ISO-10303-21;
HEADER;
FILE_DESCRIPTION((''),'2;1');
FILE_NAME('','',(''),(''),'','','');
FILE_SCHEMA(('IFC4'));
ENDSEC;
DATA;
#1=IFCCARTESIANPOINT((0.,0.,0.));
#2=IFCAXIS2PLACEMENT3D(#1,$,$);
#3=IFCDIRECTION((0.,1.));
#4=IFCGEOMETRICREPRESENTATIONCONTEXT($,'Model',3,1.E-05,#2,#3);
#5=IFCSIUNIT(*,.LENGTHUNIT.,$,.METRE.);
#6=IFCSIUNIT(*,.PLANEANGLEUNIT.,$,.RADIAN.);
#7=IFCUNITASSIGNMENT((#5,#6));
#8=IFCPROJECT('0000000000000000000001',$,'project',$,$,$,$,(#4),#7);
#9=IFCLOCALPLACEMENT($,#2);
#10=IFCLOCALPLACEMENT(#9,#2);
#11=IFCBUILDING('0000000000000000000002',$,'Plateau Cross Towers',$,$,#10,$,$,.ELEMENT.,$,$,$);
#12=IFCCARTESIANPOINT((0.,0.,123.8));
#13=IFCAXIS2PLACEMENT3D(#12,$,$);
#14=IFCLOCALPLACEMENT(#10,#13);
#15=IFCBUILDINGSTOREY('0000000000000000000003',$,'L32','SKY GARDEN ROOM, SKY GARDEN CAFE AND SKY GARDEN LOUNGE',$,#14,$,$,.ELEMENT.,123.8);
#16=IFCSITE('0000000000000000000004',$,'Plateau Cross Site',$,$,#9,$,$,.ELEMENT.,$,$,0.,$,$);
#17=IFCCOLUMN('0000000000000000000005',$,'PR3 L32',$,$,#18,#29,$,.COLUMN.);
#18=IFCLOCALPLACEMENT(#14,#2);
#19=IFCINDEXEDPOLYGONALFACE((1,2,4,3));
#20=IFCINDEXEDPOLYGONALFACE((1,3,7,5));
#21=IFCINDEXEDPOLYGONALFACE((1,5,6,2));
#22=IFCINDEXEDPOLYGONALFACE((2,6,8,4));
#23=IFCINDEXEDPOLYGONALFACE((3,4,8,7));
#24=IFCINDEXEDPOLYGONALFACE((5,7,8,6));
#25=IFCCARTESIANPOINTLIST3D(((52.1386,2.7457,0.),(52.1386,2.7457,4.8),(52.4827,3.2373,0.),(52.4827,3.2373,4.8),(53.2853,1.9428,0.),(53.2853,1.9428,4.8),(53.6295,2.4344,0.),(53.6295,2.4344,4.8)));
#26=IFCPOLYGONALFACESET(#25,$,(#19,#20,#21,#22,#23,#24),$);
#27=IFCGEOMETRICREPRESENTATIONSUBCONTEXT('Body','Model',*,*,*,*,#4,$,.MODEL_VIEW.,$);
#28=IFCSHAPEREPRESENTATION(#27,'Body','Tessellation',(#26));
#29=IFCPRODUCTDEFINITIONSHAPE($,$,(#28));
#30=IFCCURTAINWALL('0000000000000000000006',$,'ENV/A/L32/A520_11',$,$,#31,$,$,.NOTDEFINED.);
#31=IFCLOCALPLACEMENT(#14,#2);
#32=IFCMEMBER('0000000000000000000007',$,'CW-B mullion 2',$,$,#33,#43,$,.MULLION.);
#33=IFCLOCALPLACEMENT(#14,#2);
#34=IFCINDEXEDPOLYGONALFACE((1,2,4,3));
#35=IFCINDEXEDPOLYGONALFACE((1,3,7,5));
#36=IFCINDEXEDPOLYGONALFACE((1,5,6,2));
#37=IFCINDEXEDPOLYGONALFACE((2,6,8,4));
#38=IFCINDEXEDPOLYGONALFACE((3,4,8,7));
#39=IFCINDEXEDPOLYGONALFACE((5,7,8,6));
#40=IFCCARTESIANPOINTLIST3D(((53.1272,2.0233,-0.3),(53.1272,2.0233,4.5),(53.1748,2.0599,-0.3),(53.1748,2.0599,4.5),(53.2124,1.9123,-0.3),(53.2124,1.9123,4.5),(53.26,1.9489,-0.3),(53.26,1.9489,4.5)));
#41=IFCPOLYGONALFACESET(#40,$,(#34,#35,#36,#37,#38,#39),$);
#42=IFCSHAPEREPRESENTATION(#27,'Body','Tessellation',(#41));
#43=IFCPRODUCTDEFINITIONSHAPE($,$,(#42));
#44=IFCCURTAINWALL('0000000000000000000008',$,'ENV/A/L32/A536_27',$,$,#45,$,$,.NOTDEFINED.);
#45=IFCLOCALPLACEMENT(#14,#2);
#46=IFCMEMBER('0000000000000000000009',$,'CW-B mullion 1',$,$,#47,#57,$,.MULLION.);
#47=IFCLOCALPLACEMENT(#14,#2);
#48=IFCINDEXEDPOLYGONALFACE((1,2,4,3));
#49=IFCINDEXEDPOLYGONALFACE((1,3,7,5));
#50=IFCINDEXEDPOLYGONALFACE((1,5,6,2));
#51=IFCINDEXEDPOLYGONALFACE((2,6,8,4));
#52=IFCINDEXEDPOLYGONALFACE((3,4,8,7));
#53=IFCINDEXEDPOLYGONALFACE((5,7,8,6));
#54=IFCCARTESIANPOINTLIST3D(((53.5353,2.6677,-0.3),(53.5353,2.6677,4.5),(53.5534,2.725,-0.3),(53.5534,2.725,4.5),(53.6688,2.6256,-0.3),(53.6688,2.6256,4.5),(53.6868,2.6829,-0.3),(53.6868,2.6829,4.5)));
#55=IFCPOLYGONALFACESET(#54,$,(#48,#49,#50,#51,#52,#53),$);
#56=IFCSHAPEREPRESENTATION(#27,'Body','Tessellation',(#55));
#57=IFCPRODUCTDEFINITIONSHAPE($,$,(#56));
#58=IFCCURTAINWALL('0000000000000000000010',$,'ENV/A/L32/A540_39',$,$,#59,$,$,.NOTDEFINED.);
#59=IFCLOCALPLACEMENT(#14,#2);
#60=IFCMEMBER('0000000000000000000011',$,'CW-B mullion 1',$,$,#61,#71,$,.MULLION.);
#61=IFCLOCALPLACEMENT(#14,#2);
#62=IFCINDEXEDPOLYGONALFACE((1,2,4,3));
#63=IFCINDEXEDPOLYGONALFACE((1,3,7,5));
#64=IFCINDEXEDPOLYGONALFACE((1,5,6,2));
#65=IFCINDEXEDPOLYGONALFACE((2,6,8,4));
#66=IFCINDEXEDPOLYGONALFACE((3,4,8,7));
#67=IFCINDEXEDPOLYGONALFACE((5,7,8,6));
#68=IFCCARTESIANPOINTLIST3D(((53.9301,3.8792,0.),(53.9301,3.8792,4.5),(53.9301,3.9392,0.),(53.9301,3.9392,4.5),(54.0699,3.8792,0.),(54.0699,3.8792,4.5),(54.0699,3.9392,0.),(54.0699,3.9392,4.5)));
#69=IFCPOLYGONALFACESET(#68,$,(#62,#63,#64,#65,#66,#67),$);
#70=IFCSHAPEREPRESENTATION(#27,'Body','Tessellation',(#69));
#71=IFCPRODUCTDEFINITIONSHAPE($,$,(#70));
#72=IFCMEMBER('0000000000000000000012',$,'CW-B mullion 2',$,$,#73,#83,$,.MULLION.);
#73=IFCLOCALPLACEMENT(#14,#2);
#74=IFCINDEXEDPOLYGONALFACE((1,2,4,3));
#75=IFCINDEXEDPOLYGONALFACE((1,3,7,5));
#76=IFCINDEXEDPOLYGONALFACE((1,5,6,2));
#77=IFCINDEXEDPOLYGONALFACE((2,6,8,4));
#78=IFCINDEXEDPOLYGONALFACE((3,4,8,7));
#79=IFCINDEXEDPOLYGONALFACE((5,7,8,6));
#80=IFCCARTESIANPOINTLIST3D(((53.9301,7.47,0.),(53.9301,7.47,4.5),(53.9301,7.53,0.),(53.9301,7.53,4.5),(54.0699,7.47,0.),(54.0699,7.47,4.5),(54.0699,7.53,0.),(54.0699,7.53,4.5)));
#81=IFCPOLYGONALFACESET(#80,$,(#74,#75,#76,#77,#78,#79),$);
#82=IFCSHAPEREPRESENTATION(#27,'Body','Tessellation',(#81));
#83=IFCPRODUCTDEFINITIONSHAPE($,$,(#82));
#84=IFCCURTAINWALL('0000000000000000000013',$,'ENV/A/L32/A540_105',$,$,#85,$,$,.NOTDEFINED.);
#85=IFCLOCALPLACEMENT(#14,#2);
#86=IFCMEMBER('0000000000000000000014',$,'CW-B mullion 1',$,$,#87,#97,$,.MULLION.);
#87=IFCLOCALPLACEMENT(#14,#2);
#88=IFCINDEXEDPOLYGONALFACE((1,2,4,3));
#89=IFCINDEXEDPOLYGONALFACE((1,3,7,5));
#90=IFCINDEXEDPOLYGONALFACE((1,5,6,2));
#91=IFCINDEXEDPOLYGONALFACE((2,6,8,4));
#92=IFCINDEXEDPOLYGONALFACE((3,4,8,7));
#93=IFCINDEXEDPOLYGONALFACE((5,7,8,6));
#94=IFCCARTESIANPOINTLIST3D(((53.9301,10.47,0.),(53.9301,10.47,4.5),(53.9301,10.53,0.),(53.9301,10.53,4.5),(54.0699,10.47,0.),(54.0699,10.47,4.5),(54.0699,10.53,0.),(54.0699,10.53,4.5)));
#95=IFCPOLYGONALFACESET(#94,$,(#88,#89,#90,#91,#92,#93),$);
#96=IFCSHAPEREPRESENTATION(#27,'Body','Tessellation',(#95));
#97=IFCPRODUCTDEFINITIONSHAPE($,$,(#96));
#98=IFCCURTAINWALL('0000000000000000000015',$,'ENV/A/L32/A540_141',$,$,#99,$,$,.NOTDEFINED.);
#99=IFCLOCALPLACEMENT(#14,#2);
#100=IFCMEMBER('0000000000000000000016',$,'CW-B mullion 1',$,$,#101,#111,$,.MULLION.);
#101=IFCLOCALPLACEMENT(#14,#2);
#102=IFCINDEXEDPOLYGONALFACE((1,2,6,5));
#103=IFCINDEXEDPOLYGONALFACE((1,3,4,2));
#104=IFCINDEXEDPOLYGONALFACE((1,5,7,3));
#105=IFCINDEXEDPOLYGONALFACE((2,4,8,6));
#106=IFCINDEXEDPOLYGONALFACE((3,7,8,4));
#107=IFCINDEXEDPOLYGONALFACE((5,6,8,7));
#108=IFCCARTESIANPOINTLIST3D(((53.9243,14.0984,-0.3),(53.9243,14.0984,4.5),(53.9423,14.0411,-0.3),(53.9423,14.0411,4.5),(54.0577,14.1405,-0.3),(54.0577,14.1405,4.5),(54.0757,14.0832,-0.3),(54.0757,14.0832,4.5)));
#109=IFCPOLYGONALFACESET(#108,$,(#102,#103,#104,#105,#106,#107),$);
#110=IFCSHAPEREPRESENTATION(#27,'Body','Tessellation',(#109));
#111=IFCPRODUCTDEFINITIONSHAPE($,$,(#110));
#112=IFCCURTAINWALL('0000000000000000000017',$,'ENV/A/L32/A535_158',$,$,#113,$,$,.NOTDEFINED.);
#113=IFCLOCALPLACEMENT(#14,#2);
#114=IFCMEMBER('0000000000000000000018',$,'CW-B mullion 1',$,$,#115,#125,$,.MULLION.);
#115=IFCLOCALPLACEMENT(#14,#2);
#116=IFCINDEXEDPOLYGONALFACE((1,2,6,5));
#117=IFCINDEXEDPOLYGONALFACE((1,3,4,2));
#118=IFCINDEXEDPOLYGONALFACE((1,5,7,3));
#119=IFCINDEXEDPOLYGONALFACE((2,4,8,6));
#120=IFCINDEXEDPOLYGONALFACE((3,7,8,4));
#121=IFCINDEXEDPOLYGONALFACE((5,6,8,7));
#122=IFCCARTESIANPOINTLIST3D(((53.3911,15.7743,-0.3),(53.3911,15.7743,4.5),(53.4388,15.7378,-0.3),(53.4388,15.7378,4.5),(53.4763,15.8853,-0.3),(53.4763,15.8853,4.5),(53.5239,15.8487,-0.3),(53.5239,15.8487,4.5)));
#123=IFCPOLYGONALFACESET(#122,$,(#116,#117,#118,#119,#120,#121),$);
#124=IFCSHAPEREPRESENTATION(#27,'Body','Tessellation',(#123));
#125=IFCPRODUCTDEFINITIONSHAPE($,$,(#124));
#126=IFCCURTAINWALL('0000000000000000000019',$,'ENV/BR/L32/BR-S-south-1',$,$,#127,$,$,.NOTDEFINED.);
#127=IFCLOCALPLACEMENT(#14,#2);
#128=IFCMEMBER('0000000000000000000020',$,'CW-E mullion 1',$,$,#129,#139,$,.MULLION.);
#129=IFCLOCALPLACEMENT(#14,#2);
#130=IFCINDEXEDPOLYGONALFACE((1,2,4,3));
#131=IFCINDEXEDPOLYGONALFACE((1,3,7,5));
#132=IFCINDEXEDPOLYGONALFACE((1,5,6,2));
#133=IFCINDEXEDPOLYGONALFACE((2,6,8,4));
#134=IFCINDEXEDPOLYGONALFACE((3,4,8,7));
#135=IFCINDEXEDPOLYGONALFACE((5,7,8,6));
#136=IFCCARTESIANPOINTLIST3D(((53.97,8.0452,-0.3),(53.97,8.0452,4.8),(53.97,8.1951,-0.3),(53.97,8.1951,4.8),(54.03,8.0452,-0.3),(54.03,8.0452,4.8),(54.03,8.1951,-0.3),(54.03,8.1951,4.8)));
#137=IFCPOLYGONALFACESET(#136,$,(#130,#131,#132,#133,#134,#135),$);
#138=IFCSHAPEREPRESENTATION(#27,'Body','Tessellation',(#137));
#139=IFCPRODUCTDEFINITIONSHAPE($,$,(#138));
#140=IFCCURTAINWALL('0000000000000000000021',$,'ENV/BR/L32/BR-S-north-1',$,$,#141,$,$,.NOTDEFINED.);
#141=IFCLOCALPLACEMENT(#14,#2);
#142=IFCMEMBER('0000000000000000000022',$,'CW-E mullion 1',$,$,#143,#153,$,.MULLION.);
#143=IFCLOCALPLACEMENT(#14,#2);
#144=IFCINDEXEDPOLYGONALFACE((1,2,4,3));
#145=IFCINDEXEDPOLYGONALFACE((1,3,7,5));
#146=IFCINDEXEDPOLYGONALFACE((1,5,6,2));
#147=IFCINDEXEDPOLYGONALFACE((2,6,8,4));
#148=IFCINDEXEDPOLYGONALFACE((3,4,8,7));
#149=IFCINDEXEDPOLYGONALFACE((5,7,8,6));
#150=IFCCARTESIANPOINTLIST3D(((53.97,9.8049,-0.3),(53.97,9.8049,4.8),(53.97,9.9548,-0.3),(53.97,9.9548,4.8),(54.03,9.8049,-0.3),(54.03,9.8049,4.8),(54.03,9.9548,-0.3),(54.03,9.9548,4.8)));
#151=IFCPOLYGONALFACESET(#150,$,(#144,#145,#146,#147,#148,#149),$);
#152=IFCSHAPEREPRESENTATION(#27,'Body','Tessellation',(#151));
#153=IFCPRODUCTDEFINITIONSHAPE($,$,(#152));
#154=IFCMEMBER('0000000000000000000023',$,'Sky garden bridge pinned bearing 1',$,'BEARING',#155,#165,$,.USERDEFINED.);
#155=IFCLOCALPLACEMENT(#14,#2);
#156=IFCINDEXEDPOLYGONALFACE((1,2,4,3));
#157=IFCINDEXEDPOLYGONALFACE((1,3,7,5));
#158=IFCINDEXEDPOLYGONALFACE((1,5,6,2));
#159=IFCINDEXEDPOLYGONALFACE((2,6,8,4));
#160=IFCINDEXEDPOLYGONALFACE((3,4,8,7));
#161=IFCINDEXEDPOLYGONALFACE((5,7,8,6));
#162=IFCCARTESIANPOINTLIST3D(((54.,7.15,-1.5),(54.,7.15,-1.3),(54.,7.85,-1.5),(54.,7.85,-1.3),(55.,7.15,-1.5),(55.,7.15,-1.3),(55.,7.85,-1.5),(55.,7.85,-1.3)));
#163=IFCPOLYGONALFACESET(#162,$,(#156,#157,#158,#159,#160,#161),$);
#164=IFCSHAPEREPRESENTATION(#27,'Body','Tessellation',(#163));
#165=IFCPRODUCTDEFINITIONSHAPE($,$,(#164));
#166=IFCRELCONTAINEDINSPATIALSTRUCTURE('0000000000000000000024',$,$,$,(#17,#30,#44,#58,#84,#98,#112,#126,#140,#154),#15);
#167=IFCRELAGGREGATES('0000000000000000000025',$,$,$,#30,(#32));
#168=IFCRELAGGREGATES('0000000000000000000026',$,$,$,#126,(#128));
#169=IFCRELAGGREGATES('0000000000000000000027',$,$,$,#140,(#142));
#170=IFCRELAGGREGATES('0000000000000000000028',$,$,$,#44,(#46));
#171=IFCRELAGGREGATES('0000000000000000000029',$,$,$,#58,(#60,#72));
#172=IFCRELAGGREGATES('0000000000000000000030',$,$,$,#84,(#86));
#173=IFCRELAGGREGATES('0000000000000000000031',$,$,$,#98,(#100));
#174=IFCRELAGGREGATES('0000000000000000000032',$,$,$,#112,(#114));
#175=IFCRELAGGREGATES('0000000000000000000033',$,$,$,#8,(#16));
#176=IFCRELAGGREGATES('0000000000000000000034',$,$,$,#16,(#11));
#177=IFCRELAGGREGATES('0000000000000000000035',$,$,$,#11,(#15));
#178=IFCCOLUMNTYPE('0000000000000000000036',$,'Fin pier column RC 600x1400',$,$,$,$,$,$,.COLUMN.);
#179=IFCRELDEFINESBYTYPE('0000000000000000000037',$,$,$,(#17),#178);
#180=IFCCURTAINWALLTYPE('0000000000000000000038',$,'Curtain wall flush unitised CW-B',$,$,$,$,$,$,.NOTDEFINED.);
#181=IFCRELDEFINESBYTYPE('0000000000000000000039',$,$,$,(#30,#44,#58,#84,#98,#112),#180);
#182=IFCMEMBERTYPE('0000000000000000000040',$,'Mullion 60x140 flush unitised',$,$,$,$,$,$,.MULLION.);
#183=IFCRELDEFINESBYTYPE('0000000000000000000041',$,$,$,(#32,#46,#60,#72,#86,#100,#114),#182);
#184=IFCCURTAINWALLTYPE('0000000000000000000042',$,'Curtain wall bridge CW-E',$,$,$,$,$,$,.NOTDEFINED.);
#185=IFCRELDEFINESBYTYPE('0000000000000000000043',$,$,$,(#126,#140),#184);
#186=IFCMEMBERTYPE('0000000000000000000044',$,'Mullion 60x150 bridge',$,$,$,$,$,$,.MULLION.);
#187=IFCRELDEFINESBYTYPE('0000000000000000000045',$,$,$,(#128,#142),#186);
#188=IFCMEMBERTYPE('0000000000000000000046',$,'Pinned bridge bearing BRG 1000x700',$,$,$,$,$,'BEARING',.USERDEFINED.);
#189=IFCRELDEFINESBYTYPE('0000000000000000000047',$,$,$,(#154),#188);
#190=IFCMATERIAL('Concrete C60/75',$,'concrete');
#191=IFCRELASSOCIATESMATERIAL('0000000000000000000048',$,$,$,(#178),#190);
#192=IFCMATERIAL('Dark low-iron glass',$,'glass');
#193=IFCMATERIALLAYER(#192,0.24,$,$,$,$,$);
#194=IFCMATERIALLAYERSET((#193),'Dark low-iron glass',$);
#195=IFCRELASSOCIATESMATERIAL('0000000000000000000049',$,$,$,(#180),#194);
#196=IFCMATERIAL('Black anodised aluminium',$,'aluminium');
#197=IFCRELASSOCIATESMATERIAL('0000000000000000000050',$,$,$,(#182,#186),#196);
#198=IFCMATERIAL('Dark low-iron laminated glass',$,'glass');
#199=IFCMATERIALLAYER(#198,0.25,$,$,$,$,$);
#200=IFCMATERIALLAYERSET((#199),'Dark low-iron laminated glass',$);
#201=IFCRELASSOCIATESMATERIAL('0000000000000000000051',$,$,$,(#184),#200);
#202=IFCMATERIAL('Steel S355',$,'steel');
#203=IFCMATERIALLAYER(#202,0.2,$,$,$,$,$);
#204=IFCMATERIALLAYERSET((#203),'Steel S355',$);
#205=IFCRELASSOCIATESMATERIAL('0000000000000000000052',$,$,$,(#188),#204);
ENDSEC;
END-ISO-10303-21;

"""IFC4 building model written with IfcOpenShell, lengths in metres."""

from ifc_helpers import new_model, si_unit, direction, frame, origin, origin_2d, place, context, subcontext, project, spatial, rectangle, extrude, material, layer, layer_set, material_profile, profile_set, type_object, element, aggregate, save


model = new_model("IFC4")

# Units and contexts
model_context = context("Model", 3, precision=1e-05, world=origin(), true_north=direction((0.0, 1.0)))
body_context = subcontext(model_context, "Body", "Model", "MODEL_VIEW")
ifc_project = project(units=[si_unit("LENGTHUNIT", "METRE"), si_unit("PLANEANGLEUNIT", "RADIAN")], contexts=[model_context])

# Site, building, storey
site_placement = place(None, origin())
site = spatial("IfcSite", under=ifc_project, at=site_placement, Name="Plateau Cross Site", CompositionType="ELEMENT", RefElevation=0.0)
building_placement = place(site_placement, origin())
building = spatial("IfcBuilding", under=site, at=building_placement, Name="Plateau Cross Towers", CompositionType="ELEMENT")
storey_placement = place(building_placement, frame((0.0, 0.0, 123.8)))
storey = spatial("IfcBuildingStorey", under=building, at=storey_placement, Name="L32", Description="SKY GARDEN ROOM, SKY GARDEN CAFE AND SKY GARDEN LOUNGE", CompositionType="ELEMENT", Elevation=123.8)

# Column
ifc_material_1 = material(Name="Concrete C60/75", Category="concrete")
ifc_material_profile_1 = material_profile(ifc_material_1, rectangle(XDim=0.6001, YDim=1.3999, at=origin_2d()), Name="RC 600x1400")
ifc_profile_set_1 = profile_set([ifc_material_profile_1], Name="Concrete C60/75")
column_type = type_object("IfcColumnType", Name="Fin pier column RC 600x1400", PredefinedType="COLUMN", material=ifc_profile_set_1)
column_placement = place(storey_placement, frame((52.884, 2.5901, 0.0), z_axis=(0.0, 0.0, 1.0), x_axis=(0.573543, 0.819176, 0.0)))
element("IfcColumn", 1, at=column_placement, inside=storey, type_object=column_type, Name="PR3 L32", PredefinedType="COLUMN", context=body_context, shape_type="SweptSolid", body=[
    extrude(rectangle(XDim=0.6001, YDim=1.3999, at=origin_2d()), origin(), (0.0, 0.0, 1.0), 4.8),
])

# Curtain walls, members
ifc_material_2 = material(Name="Dark low-iron glass", Category="glass")
ifc_layer_1 = layer(ifc_material_2, 0.24)
ifc_layer_set_1 = layer_set([ifc_layer_1], Name="Dark low-iron glass")
curtain_wall_type_1 = type_object("IfcCurtainWallType", Name="Curtain wall flush unitised CW-B", PredefinedType="NOTDEFINED", material=ifc_layer_set_1)
curtain_wall_1_placement = place(storey_placement, origin())
curtain_wall_1 = element("IfcCurtainWall", 2, at=curtain_wall_1_placement, inside=storey, type_object=curtain_wall_type_1, Name="ENV/A/L32/A520_11", PredefinedType="NOTDEFINED")
ifc_material_3 = material(Name="Black anodised aluminium", Category="aluminium")
ifc_material_profile_2 = material_profile(ifc_material_3, rectangle(XDim=0.0601, YDim=0.1399, at=origin_2d()), Name="MULLION 60x140")
ifc_profile_set_2 = profile_set([ifc_material_profile_2], Name="Black anodised aluminium")
member_type_1 = type_object("IfcMemberType", Name="Mullion 60x140 flush unitised", PredefinedType="MULLION", material=ifc_profile_set_2)
member_1_placement = place(storey_placement, frame((53.1936, 1.9861, -0.3), z_axis=(0.0, 0.0, 1.0), x_axis=(0.793316, 0.608811, 0.0)))
member_1 = element("IfcMember", 3, at=member_1_placement, type_object=member_type_1, Name="CW-B mullion 2", PredefinedType="MULLION", context=body_context, shape_type="SweptSolid", body=[
    extrude(rectangle(XDim=0.0601, YDim=0.1399, at=origin_2d()), origin(), (0.0, 0.0, 1.0), 4.8),
])
aggregate(curtain_wall_1, [member_1])
curtain_wall_2_placement = place(storey_placement, origin())
curtain_wall_2 = element("IfcCurtainWall", 4, at=curtain_wall_2_placement, inside=storey, type_object=curtain_wall_type_1, Name="ENV/A/L32/A536_27", PredefinedType="NOTDEFINED")
member_2_placement = place(storey_placement, frame((53.6111, 2.6753, -0.3), z_axis=(0.0, 0.0, 1.0), x_axis=(0.300686, 0.953723, 0.0)))
member_2 = element("IfcMember", 5, at=member_2_placement, type_object=member_type_1, Name="CW-B mullion 1", PredefinedType="MULLION", context=body_context, shape_type="SweptSolid", body=[
    extrude(rectangle(XDim=0.0601, YDim=0.1399, at=origin_2d()), origin(), (0.0, 0.0, 1.0), 4.8),
])

# Curtain wall, members
curtain_wall_3_placement = place(storey_placement, origin())
curtain_wall_3 = element("IfcCurtainWall", 6, at=curtain_wall_3_placement, inside=storey, type_object=curtain_wall_type_1, Name="ENV/A/L32/A540_39", PredefinedType="NOTDEFINED")
member_3_placement = place(storey_placement, frame((54.0, 3.9092, 0.0), z_axis=(0.0, 0.0, 1.0), x_axis=(0.0, 1.0, 0.0)))
member_3 = element("IfcMember", 7, at=member_3_placement, type_object=member_type_1, Name="CW-B mullion 1", PredefinedType="MULLION", context=body_context, shape_type="SweptSolid", body=[
    extrude(rectangle(XDim=0.0601, YDim=0.1399, at=origin_2d()), origin(), (0.0, 0.0, 1.0), 4.5),
])
member_4_placement = place(storey_placement, frame((54.0, 7.5, 0.0), z_axis=(0.0, 0.0, 1.0), x_axis=(0.0, 1.0, 0.0)))
member_4 = element("IfcMember", 8, at=member_4_placement, type_object=member_type_1, Name="CW-B mullion 2", PredefinedType="MULLION", context=body_context, shape_type="SweptSolid", body=[
    extrude(rectangle(XDim=0.0601, YDim=0.1399, at=origin_2d()), origin(), (0.0, 0.0, 1.0), 4.5),
])

# Curtain walls, members
curtain_wall_4_placement = place(storey_placement, origin())
curtain_wall_4 = element("IfcCurtainWall", 9, at=curtain_wall_4_placement, inside=storey, type_object=curtain_wall_type_1, Name="ENV/A/L32/A540_105", PredefinedType="NOTDEFINED")
member_5_placement = place(storey_placement, frame((54.0, 10.5, 0.0), z_axis=(0.0, 0.0, 1.0), x_axis=(0.0, 1.0, 0.0)))
member_5 = element("IfcMember", 10, at=member_5_placement, type_object=member_type_1, Name="CW-B mullion 1", PredefinedType="MULLION", context=body_context, shape_type="SweptSolid", body=[
    extrude(rectangle(XDim=0.0601, YDim=0.1399, at=origin_2d()), origin(), (0.0, 0.0, 1.0), 4.5),
])
curtain_wall_5_placement = place(storey_placement, origin())
curtain_wall_5 = element("IfcCurtainWall", 11, at=curtain_wall_5_placement, inside=storey, type_object=curtain_wall_type_1, Name="ENV/A/L32/A540_141", PredefinedType="NOTDEFINED")
member_6_placement = place(storey_placement, frame((54.0, 14.0908, -0.3), z_axis=(0.0, 0.0, 1.0), x_axis=(-0.300686, 0.953723, 0.0)))
member_6 = element("IfcMember", 12, at=member_6_placement, type_object=member_type_1, Name="CW-B mullion 1", PredefinedType="MULLION", context=body_context, shape_type="SweptSolid", body=[
    extrude(rectangle(XDim=0.0601, YDim=0.1399, at=origin_2d()), origin(), (0.0, 0.0, 1.0), 4.8),
])
curtain_wall_6_placement = place(storey_placement, origin())
curtain_wall_6 = element("IfcCurtainWall", 13, at=curtain_wall_6_placement, inside=storey, type_object=curtain_wall_type_1, Name="ENV/A/L32/A535_158", PredefinedType="NOTDEFINED")
member_7_placement = place(storey_placement, frame((53.4575, 15.8115, -0.3), z_axis=(0.0, 0.0, 1.0), x_axis=(-0.793316, 0.608811, 0.0)))
member_7 = element("IfcMember", 14, at=member_7_placement, type_object=member_type_1, Name="CW-B mullion 1", PredefinedType="MULLION", context=body_context, shape_type="SweptSolid", body=[
    extrude(rectangle(XDim=0.0601, YDim=0.1399, at=origin_2d()), origin(), (0.0, 0.0, 1.0), 4.8),
])
ifc_material_4 = material(Name="Dark low-iron laminated glass", Category="glass")
ifc_layer_2 = layer(ifc_material_4, 0.25)
ifc_layer_set_2 = layer_set([ifc_layer_2], Name="Dark low-iron laminated glass")
curtain_wall_type_2 = type_object("IfcCurtainWallType", Name="Curtain wall bridge CW-E", PredefinedType="NOTDEFINED", material=ifc_layer_set_2)
curtain_wall_7_placement = place(storey_placement, origin())
curtain_wall_7 = element("IfcCurtainWall", 15, at=curtain_wall_7_placement, inside=storey, type_object=curtain_wall_type_2, Name="ENV/BR/L32/BR-S-south-1", PredefinedType="NOTDEFINED")
ifc_material_profile_3 = material_profile(ifc_material_3, rectangle(XDim=0.0601, YDim=0.1499, at=origin_2d()), Name="MULLION 60x150")
ifc_profile_set_3 = profile_set([ifc_material_profile_3], Name="Black anodised aluminium")
member_type_2 = type_object("IfcMemberType", Name="Mullion 60x150 bridge", PredefinedType="MULLION", material=ifc_profile_set_3)
member_8_placement = place(storey_placement, frame((54.0, 8.1201, -0.3), z_axis=(0.0, 0.0, 1.0), x_axis=(1.0, 0.0, 0.0)))
member_8 = element("IfcMember", 16, at=member_8_placement, type_object=member_type_2, Name="CW-E mullion 1", PredefinedType="MULLION", context=body_context, shape_type="SweptSolid", body=[
    extrude(rectangle(XDim=0.0601, YDim=0.1499, at=origin_2d()), origin(), (0.0, 0.0, 1.0), 5.1001),
])
curtain_wall_8_placement = place(storey_placement, origin())
curtain_wall_8 = element("IfcCurtainWall", 17, at=curtain_wall_8_placement, inside=storey, type_object=curtain_wall_type_2, Name="ENV/BR/L32/BR-S-north-1", PredefinedType="NOTDEFINED")
member_9_placement = place(storey_placement, frame((54.0, 9.8799, -0.3), z_axis=(0.0, 0.0, 1.0), x_axis=(1.0, 0.0, 0.0)))
member_9 = element("IfcMember", 18, at=member_9_placement, type_object=member_type_2, Name="CW-E mullion 1", PredefinedType="MULLION", context=body_context, shape_type="SweptSolid", body=[
    extrude(rectangle(XDim=0.0601, YDim=0.1499, at=origin_2d()), origin(), (0.0, 0.0, 1.0), 5.1001),
])

# Member
ifc_material_5 = material(Name="Steel S355", Category="steel")
ifc_layer_3 = layer(ifc_material_5, 0.2)
ifc_layer_set_3 = layer_set([ifc_layer_3], Name="Steel S355")
member_type_3 = type_object("IfcMemberType", Name="Pinned bridge bearing BRG 1000x700", ElementType="BEARING", PredefinedType="USERDEFINED", material=ifc_layer_set_3)
member_10_placement = place(storey_placement, frame((54.5, 7.5, -1.5), z_axis=(0.0, 0.0, 1.0), x_axis=(1.0, 0.0, 0.0)))
element("IfcMember", 19, at=member_10_placement, inside=storey, type_object=member_type_3, Name="Sky garden bridge pinned bearing 1", ObjectType="BEARING", PredefinedType="USERDEFINED", context=body_context, shape_type="SweptSolid", body=[
    extrude(rectangle(XDim=1.0, YDim=0.7, at=origin_2d()), origin(), (0.0, 0.0, 1.0), 0.2),
])

aggregate(curtain_wall_7, [member_8])
aggregate(curtain_wall_8, [member_9])

aggregate(curtain_wall_2, [member_2])
aggregate(curtain_wall_3, [member_3, member_4])
aggregate(curtain_wall_4, [member_5])
aggregate(curtain_wall_5, [member_6])
aggregate(curtain_wall_6, [member_7])

save(model, "model.ifc")
